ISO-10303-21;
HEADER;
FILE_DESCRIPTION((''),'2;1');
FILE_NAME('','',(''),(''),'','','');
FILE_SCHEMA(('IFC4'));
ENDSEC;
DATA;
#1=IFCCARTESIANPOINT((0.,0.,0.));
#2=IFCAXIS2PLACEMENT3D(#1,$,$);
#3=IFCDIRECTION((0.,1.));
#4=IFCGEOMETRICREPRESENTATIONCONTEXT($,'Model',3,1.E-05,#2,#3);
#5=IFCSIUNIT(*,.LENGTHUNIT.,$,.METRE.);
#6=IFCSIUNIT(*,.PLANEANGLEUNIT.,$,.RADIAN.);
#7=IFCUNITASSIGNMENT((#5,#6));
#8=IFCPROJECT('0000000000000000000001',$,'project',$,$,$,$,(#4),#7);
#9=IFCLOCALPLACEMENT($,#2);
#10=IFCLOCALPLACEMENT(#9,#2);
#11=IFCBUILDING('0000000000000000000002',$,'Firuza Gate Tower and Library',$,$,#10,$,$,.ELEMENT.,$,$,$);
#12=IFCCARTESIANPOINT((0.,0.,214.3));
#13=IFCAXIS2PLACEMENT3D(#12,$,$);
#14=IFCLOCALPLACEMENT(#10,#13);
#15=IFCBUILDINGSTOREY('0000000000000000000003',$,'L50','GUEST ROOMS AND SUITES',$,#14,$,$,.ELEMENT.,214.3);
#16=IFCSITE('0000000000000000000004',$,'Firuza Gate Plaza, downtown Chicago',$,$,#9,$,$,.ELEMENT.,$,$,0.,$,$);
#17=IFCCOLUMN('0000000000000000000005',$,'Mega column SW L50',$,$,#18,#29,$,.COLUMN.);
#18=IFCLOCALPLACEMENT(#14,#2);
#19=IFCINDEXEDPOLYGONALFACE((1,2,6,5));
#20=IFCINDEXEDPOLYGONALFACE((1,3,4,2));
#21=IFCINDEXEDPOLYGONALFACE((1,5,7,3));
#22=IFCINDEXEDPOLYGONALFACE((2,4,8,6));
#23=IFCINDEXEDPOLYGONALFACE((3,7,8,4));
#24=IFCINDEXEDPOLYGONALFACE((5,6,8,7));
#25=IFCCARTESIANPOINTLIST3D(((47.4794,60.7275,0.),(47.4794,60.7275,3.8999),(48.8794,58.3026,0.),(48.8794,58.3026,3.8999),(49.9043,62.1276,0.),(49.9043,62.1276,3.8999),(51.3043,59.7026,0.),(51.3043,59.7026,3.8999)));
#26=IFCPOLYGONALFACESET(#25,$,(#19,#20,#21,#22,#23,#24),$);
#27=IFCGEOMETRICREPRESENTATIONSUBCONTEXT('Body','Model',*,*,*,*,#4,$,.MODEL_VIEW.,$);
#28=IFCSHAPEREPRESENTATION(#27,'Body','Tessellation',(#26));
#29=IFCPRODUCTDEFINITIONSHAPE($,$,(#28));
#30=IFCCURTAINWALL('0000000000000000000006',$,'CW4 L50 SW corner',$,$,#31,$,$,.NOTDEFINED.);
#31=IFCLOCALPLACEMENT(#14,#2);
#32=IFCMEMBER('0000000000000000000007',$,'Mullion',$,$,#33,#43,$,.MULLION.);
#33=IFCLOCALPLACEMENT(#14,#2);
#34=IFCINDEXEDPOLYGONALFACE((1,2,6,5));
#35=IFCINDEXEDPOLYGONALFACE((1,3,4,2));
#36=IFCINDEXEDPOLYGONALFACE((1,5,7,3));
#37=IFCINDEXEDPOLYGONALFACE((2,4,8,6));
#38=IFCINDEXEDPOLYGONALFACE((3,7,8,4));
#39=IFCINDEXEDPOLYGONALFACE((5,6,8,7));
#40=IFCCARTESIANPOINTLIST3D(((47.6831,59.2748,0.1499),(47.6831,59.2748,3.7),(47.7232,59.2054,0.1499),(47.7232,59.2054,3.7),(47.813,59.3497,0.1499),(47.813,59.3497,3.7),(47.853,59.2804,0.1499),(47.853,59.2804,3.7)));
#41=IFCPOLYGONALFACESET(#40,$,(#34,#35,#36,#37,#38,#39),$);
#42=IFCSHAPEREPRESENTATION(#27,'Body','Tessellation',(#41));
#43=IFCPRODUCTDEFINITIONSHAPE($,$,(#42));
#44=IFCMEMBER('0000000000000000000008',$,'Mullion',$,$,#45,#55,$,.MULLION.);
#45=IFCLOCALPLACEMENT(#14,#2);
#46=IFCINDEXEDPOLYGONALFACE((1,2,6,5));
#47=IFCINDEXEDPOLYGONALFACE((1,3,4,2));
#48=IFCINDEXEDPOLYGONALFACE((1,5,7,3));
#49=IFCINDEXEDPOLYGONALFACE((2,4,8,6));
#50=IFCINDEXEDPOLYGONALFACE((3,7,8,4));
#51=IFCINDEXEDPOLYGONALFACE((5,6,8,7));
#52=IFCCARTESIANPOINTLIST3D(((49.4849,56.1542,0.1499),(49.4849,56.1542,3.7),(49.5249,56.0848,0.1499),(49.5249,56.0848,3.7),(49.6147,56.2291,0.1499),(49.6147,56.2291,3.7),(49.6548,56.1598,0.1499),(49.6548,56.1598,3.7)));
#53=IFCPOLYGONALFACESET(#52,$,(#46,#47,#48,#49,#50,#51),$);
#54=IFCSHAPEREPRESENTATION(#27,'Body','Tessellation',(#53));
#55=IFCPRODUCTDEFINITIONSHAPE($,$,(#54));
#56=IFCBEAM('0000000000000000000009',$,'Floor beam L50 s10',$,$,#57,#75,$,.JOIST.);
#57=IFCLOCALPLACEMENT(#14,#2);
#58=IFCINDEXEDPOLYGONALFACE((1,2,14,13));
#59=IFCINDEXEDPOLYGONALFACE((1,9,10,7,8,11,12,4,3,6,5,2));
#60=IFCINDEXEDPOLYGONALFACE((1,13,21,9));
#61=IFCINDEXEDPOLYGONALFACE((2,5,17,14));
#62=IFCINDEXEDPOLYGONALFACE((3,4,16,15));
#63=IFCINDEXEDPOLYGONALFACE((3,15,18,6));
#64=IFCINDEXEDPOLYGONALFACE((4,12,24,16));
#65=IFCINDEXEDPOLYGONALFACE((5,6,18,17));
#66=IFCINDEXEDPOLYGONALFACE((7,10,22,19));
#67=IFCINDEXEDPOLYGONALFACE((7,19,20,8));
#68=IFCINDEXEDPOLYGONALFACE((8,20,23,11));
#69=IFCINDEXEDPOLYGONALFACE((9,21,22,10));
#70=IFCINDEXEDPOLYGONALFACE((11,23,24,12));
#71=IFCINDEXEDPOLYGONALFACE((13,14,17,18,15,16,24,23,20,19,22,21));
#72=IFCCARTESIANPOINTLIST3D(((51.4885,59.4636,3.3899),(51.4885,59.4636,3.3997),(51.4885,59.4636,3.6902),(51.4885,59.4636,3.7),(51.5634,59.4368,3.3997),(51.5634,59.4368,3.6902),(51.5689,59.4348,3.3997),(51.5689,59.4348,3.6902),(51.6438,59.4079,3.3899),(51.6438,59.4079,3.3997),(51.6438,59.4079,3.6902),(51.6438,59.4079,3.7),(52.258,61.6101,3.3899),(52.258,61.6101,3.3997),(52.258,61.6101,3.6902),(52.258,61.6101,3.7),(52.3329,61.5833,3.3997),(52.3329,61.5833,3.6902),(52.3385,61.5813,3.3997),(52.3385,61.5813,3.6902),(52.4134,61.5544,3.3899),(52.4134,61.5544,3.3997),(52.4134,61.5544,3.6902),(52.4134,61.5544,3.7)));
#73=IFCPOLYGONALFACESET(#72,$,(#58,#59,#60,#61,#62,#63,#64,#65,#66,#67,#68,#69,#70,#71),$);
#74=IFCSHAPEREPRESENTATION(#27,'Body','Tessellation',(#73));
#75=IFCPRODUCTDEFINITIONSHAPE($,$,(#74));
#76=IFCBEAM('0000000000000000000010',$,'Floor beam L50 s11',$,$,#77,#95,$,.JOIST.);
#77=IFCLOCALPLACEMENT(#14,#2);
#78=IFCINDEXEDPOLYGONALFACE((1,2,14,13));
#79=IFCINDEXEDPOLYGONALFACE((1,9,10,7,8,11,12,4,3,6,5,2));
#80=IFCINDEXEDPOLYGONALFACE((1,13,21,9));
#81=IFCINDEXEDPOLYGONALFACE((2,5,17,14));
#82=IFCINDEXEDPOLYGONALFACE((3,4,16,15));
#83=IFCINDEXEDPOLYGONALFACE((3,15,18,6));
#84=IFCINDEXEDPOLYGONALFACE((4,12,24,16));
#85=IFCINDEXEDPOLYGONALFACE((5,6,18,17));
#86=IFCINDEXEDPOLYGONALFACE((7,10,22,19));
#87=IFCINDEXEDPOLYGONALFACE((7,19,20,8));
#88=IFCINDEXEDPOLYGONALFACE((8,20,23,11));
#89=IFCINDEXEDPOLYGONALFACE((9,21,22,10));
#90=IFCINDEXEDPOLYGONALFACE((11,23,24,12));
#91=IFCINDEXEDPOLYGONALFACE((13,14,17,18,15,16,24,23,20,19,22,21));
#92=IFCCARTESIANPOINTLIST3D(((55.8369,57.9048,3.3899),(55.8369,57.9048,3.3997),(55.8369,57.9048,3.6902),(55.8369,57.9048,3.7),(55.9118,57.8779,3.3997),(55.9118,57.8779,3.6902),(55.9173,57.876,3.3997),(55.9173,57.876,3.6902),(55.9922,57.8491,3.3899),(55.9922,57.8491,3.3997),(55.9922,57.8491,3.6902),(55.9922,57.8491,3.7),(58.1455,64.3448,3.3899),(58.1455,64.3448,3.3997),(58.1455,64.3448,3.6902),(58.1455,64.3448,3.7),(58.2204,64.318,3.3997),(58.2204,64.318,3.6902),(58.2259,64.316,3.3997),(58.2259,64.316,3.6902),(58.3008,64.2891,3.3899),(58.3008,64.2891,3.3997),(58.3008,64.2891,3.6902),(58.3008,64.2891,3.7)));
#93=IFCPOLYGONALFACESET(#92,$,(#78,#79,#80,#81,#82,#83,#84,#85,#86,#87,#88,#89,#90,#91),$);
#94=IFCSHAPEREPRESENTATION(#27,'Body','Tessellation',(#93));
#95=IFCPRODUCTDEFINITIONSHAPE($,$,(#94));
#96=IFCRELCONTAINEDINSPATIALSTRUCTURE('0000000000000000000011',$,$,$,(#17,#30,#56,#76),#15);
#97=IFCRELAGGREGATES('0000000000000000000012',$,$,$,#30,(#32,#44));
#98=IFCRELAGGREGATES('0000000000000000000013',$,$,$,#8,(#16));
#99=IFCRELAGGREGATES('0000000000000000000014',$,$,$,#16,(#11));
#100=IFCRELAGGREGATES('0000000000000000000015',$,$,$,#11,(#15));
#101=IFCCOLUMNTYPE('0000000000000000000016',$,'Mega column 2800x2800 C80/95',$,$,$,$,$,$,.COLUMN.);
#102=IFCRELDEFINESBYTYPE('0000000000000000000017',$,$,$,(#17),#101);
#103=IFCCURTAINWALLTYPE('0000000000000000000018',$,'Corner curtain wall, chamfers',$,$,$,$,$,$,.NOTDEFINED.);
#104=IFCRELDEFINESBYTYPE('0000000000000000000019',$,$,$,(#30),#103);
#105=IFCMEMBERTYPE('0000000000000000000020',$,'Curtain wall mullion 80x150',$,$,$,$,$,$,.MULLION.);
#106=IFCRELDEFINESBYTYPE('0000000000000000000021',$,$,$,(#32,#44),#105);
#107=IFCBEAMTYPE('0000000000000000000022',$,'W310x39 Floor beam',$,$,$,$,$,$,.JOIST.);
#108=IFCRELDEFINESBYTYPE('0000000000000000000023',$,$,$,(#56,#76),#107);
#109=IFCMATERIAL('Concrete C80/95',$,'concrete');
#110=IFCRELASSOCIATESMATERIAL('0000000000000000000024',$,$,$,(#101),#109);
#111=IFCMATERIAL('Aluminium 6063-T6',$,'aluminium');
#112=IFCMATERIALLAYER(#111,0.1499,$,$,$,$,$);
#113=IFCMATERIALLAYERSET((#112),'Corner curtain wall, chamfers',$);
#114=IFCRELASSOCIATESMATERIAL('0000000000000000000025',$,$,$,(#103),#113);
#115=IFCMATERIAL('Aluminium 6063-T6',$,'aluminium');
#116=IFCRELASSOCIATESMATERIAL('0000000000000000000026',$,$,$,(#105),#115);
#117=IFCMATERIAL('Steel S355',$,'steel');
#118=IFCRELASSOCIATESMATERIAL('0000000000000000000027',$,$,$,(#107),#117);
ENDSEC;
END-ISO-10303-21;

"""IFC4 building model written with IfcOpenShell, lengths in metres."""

from ifc_helpers import new_model, si_unit, direction, frame, origin, origin_2d, place, context, subcontext, project, spatial, rectangle, i_section, extrude, material, layer, layer_set, material_profile, profile_set, type_object, element, aggregate, save


model = new_model("IFC4")

# Units and contexts
model_context = context("Model", 3, precision=1e-05, world=origin(), true_north=direction((0.0, 1.0)))
body_context = subcontext(model_context, "Body", "Model", "MODEL_VIEW")
ifc_project = project(units=[si_unit("LENGTHUNIT", "METRE"), si_unit("PLANEANGLEUNIT", "RADIAN")], contexts=[model_context])

# Site, building, storey
site_placement = place(None, origin())
site = spatial("IfcSite", under=ifc_project, at=site_placement, Name="Firuza Gate Plaza, downtown Chicago", CompositionType="ELEMENT", RefElevation=0.0)
building_placement = place(site_placement, origin())
building = spatial("IfcBuilding", under=site, at=building_placement, Name="Firuza Gate Tower and Library", CompositionType="ELEMENT")
storey_placement = place(building_placement, frame((0.0, 0.0, 214.3)))
storey = spatial("IfcBuildingStorey", under=building, at=storey_placement, Name="L50", Description="GUEST ROOMS AND SUITES", CompositionType="ELEMENT", Elevation=214.3)

# Column
ifc_material_1 = material(Name="Concrete C80/95", Category="concrete")
ifc_material_profile_1 = material_profile(ifc_material_1, rectangle(XDim=2.8, YDim=2.8, at=origin_2d()))
ifc_profile_set_1 = profile_set([ifc_material_profile_1], Name="Concrete C80/95")
column_type = type_object("IfcColumnType", Name="Mega column 2800x2800 C80/95", PredefinedType="COLUMN", material=ifc_profile_set_1)
column_placement = place(storey_placement, frame((49.3918, 60.2151, 0.0), z_axis=(0.0, 0.0, 1.0), x_axis=(0.5, -0.866025, 0.0)))
element("IfcColumn", 1, at=column_placement, inside=storey, type_object=column_type, Name="Mega column SW L50", PredefinedType="COLUMN", context=body_context, shape_type="SweptSolid", body=[
    extrude(rectangle(XDim=2.8, YDim=2.8, at=origin_2d()), origin(), (0.0, 0.0, 1.0), 3.8999),
])

# Curtain wall, members
ifc_material_2 = material(Name="Aluminium 6063-T6", Category="aluminium")
ifc_layer_1 = layer(ifc_material_2, 0.1499)
ifc_layer_set_1 = layer_set([ifc_layer_1], Name="Corner curtain wall, chamfers")
curtain_wall_type = type_object("IfcCurtainWallType", Name="Corner curtain wall, chamfers", PredefinedType="NOTDEFINED", material=ifc_layer_set_1)
placement_1 = place(storey_placement, origin())
curtain_wall = element("IfcCurtainWall", 2, at=placement_1, inside=storey, type_object=curtain_wall_type, Name="CW4 L50 SW corner", PredefinedType="NOTDEFINED")
ifc_material_3 = material(Name="Aluminium 6063-T6", Category="aluminium")
ifc_material_profile_2 = material_profile(ifc_material_3, rectangle(XDim=0.1499, YDim=0.0801, at=origin_2d()))
ifc_profile_set_2 = profile_set([ifc_material_profile_2], Name="Aluminium 6063-T6")
member_type = type_object("IfcMemberType", Name="Curtain wall mullion 80x150", PredefinedType="MULLION", material=ifc_profile_set_2)
member_1_placement = place(storey_placement, frame((47.7681, 59.2776, 0.1499), z_axis=(0.0, 0.0, 1.0), x_axis=(0.866025, 0.5, 0.0)))
member_1 = element("IfcMember", 3, at=member_1_placement, type_object=member_type, Name="Mullion", PredefinedType="MULLION", context=body_context, shape_type="SweptSolid", body=[
    extrude(rectangle(XDim=0.1499, YDim=0.0801, at=origin_2d()), origin(), (0.0, 0.0, 1.0), 3.55),
])
member_2_placement = place(storey_placement, frame((49.5698, 56.157, 0.1499), z_axis=(0.0, 0.0, 1.0), x_axis=(0.866025, 0.5, 0.0)))
member_2 = element("IfcMember", 4, at=member_2_placement, type_object=member_type, Name="Mullion", PredefinedType="MULLION", context=body_context, shape_type="SweptSolid", body=[
    extrude(rectangle(XDim=0.1499, YDim=0.0801, at=origin_2d()), origin(), (0.0, 0.0, 1.0), 3.55),
])

# Beams
ifc_material_4 = material(Name="Steel S355", Category="steel")
ifc_material_profile_3 = material_profile(ifc_material_4, i_section(OverallWidth=0.165, OverallDepth=0.3101, WebThickness=0.0059, FlangeThickness=0.0098, at=origin_2d()))
ifc_profile_set_3 = profile_set([ifc_material_profile_3], Name="Steel S355")
beam_type = type_object("IfcBeamType", Name="W310x39 Floor beam", PredefinedType="JOIST", material=ifc_profile_set_3)
beam_1_placement = place(storey_placement, frame((51.5662, 59.4358, 3.5449), z_axis=(0.337476, 0.941334, 0.0), x_axis=(-0.941334, 0.337476, 0.0)))
element("IfcBeam", 5, at=beam_1_placement, inside=storey, type_object=beam_type, Name="Floor beam L50 s10", PredefinedType="JOIST", context=body_context, shape_type="SweptSolid", body=[
    extrude(i_section(OverallWidth=0.165, OverallDepth=0.3101, WebThickness=0.0059, FlangeThickness=0.0098, at=origin_2d()), origin(), (0.0, 0.0, 1.0), 2.2803),
])
beam_2_placement = place(storey_placement, frame((55.9146, 57.877, 3.5449), z_axis=(0.337453, 0.941342, 0.0), x_axis=(-0.941342, 0.337453, 0.0)))
element("IfcBeam", 6, at=beam_2_placement, inside=storey, type_object=beam_type, Name="Floor beam L50 s11", PredefinedType="JOIST", context=body_context, shape_type="SweptSolid", body=[
    extrude(i_section(OverallWidth=0.165, OverallDepth=0.3101, WebThickness=0.0059, FlangeThickness=0.0098, at=origin_2d()), origin(), (0.0, 0.0, 1.0), 6.8413),
])

aggregate(curtain_wall, [member_1, member_2])

save(model, "model.ifc")
